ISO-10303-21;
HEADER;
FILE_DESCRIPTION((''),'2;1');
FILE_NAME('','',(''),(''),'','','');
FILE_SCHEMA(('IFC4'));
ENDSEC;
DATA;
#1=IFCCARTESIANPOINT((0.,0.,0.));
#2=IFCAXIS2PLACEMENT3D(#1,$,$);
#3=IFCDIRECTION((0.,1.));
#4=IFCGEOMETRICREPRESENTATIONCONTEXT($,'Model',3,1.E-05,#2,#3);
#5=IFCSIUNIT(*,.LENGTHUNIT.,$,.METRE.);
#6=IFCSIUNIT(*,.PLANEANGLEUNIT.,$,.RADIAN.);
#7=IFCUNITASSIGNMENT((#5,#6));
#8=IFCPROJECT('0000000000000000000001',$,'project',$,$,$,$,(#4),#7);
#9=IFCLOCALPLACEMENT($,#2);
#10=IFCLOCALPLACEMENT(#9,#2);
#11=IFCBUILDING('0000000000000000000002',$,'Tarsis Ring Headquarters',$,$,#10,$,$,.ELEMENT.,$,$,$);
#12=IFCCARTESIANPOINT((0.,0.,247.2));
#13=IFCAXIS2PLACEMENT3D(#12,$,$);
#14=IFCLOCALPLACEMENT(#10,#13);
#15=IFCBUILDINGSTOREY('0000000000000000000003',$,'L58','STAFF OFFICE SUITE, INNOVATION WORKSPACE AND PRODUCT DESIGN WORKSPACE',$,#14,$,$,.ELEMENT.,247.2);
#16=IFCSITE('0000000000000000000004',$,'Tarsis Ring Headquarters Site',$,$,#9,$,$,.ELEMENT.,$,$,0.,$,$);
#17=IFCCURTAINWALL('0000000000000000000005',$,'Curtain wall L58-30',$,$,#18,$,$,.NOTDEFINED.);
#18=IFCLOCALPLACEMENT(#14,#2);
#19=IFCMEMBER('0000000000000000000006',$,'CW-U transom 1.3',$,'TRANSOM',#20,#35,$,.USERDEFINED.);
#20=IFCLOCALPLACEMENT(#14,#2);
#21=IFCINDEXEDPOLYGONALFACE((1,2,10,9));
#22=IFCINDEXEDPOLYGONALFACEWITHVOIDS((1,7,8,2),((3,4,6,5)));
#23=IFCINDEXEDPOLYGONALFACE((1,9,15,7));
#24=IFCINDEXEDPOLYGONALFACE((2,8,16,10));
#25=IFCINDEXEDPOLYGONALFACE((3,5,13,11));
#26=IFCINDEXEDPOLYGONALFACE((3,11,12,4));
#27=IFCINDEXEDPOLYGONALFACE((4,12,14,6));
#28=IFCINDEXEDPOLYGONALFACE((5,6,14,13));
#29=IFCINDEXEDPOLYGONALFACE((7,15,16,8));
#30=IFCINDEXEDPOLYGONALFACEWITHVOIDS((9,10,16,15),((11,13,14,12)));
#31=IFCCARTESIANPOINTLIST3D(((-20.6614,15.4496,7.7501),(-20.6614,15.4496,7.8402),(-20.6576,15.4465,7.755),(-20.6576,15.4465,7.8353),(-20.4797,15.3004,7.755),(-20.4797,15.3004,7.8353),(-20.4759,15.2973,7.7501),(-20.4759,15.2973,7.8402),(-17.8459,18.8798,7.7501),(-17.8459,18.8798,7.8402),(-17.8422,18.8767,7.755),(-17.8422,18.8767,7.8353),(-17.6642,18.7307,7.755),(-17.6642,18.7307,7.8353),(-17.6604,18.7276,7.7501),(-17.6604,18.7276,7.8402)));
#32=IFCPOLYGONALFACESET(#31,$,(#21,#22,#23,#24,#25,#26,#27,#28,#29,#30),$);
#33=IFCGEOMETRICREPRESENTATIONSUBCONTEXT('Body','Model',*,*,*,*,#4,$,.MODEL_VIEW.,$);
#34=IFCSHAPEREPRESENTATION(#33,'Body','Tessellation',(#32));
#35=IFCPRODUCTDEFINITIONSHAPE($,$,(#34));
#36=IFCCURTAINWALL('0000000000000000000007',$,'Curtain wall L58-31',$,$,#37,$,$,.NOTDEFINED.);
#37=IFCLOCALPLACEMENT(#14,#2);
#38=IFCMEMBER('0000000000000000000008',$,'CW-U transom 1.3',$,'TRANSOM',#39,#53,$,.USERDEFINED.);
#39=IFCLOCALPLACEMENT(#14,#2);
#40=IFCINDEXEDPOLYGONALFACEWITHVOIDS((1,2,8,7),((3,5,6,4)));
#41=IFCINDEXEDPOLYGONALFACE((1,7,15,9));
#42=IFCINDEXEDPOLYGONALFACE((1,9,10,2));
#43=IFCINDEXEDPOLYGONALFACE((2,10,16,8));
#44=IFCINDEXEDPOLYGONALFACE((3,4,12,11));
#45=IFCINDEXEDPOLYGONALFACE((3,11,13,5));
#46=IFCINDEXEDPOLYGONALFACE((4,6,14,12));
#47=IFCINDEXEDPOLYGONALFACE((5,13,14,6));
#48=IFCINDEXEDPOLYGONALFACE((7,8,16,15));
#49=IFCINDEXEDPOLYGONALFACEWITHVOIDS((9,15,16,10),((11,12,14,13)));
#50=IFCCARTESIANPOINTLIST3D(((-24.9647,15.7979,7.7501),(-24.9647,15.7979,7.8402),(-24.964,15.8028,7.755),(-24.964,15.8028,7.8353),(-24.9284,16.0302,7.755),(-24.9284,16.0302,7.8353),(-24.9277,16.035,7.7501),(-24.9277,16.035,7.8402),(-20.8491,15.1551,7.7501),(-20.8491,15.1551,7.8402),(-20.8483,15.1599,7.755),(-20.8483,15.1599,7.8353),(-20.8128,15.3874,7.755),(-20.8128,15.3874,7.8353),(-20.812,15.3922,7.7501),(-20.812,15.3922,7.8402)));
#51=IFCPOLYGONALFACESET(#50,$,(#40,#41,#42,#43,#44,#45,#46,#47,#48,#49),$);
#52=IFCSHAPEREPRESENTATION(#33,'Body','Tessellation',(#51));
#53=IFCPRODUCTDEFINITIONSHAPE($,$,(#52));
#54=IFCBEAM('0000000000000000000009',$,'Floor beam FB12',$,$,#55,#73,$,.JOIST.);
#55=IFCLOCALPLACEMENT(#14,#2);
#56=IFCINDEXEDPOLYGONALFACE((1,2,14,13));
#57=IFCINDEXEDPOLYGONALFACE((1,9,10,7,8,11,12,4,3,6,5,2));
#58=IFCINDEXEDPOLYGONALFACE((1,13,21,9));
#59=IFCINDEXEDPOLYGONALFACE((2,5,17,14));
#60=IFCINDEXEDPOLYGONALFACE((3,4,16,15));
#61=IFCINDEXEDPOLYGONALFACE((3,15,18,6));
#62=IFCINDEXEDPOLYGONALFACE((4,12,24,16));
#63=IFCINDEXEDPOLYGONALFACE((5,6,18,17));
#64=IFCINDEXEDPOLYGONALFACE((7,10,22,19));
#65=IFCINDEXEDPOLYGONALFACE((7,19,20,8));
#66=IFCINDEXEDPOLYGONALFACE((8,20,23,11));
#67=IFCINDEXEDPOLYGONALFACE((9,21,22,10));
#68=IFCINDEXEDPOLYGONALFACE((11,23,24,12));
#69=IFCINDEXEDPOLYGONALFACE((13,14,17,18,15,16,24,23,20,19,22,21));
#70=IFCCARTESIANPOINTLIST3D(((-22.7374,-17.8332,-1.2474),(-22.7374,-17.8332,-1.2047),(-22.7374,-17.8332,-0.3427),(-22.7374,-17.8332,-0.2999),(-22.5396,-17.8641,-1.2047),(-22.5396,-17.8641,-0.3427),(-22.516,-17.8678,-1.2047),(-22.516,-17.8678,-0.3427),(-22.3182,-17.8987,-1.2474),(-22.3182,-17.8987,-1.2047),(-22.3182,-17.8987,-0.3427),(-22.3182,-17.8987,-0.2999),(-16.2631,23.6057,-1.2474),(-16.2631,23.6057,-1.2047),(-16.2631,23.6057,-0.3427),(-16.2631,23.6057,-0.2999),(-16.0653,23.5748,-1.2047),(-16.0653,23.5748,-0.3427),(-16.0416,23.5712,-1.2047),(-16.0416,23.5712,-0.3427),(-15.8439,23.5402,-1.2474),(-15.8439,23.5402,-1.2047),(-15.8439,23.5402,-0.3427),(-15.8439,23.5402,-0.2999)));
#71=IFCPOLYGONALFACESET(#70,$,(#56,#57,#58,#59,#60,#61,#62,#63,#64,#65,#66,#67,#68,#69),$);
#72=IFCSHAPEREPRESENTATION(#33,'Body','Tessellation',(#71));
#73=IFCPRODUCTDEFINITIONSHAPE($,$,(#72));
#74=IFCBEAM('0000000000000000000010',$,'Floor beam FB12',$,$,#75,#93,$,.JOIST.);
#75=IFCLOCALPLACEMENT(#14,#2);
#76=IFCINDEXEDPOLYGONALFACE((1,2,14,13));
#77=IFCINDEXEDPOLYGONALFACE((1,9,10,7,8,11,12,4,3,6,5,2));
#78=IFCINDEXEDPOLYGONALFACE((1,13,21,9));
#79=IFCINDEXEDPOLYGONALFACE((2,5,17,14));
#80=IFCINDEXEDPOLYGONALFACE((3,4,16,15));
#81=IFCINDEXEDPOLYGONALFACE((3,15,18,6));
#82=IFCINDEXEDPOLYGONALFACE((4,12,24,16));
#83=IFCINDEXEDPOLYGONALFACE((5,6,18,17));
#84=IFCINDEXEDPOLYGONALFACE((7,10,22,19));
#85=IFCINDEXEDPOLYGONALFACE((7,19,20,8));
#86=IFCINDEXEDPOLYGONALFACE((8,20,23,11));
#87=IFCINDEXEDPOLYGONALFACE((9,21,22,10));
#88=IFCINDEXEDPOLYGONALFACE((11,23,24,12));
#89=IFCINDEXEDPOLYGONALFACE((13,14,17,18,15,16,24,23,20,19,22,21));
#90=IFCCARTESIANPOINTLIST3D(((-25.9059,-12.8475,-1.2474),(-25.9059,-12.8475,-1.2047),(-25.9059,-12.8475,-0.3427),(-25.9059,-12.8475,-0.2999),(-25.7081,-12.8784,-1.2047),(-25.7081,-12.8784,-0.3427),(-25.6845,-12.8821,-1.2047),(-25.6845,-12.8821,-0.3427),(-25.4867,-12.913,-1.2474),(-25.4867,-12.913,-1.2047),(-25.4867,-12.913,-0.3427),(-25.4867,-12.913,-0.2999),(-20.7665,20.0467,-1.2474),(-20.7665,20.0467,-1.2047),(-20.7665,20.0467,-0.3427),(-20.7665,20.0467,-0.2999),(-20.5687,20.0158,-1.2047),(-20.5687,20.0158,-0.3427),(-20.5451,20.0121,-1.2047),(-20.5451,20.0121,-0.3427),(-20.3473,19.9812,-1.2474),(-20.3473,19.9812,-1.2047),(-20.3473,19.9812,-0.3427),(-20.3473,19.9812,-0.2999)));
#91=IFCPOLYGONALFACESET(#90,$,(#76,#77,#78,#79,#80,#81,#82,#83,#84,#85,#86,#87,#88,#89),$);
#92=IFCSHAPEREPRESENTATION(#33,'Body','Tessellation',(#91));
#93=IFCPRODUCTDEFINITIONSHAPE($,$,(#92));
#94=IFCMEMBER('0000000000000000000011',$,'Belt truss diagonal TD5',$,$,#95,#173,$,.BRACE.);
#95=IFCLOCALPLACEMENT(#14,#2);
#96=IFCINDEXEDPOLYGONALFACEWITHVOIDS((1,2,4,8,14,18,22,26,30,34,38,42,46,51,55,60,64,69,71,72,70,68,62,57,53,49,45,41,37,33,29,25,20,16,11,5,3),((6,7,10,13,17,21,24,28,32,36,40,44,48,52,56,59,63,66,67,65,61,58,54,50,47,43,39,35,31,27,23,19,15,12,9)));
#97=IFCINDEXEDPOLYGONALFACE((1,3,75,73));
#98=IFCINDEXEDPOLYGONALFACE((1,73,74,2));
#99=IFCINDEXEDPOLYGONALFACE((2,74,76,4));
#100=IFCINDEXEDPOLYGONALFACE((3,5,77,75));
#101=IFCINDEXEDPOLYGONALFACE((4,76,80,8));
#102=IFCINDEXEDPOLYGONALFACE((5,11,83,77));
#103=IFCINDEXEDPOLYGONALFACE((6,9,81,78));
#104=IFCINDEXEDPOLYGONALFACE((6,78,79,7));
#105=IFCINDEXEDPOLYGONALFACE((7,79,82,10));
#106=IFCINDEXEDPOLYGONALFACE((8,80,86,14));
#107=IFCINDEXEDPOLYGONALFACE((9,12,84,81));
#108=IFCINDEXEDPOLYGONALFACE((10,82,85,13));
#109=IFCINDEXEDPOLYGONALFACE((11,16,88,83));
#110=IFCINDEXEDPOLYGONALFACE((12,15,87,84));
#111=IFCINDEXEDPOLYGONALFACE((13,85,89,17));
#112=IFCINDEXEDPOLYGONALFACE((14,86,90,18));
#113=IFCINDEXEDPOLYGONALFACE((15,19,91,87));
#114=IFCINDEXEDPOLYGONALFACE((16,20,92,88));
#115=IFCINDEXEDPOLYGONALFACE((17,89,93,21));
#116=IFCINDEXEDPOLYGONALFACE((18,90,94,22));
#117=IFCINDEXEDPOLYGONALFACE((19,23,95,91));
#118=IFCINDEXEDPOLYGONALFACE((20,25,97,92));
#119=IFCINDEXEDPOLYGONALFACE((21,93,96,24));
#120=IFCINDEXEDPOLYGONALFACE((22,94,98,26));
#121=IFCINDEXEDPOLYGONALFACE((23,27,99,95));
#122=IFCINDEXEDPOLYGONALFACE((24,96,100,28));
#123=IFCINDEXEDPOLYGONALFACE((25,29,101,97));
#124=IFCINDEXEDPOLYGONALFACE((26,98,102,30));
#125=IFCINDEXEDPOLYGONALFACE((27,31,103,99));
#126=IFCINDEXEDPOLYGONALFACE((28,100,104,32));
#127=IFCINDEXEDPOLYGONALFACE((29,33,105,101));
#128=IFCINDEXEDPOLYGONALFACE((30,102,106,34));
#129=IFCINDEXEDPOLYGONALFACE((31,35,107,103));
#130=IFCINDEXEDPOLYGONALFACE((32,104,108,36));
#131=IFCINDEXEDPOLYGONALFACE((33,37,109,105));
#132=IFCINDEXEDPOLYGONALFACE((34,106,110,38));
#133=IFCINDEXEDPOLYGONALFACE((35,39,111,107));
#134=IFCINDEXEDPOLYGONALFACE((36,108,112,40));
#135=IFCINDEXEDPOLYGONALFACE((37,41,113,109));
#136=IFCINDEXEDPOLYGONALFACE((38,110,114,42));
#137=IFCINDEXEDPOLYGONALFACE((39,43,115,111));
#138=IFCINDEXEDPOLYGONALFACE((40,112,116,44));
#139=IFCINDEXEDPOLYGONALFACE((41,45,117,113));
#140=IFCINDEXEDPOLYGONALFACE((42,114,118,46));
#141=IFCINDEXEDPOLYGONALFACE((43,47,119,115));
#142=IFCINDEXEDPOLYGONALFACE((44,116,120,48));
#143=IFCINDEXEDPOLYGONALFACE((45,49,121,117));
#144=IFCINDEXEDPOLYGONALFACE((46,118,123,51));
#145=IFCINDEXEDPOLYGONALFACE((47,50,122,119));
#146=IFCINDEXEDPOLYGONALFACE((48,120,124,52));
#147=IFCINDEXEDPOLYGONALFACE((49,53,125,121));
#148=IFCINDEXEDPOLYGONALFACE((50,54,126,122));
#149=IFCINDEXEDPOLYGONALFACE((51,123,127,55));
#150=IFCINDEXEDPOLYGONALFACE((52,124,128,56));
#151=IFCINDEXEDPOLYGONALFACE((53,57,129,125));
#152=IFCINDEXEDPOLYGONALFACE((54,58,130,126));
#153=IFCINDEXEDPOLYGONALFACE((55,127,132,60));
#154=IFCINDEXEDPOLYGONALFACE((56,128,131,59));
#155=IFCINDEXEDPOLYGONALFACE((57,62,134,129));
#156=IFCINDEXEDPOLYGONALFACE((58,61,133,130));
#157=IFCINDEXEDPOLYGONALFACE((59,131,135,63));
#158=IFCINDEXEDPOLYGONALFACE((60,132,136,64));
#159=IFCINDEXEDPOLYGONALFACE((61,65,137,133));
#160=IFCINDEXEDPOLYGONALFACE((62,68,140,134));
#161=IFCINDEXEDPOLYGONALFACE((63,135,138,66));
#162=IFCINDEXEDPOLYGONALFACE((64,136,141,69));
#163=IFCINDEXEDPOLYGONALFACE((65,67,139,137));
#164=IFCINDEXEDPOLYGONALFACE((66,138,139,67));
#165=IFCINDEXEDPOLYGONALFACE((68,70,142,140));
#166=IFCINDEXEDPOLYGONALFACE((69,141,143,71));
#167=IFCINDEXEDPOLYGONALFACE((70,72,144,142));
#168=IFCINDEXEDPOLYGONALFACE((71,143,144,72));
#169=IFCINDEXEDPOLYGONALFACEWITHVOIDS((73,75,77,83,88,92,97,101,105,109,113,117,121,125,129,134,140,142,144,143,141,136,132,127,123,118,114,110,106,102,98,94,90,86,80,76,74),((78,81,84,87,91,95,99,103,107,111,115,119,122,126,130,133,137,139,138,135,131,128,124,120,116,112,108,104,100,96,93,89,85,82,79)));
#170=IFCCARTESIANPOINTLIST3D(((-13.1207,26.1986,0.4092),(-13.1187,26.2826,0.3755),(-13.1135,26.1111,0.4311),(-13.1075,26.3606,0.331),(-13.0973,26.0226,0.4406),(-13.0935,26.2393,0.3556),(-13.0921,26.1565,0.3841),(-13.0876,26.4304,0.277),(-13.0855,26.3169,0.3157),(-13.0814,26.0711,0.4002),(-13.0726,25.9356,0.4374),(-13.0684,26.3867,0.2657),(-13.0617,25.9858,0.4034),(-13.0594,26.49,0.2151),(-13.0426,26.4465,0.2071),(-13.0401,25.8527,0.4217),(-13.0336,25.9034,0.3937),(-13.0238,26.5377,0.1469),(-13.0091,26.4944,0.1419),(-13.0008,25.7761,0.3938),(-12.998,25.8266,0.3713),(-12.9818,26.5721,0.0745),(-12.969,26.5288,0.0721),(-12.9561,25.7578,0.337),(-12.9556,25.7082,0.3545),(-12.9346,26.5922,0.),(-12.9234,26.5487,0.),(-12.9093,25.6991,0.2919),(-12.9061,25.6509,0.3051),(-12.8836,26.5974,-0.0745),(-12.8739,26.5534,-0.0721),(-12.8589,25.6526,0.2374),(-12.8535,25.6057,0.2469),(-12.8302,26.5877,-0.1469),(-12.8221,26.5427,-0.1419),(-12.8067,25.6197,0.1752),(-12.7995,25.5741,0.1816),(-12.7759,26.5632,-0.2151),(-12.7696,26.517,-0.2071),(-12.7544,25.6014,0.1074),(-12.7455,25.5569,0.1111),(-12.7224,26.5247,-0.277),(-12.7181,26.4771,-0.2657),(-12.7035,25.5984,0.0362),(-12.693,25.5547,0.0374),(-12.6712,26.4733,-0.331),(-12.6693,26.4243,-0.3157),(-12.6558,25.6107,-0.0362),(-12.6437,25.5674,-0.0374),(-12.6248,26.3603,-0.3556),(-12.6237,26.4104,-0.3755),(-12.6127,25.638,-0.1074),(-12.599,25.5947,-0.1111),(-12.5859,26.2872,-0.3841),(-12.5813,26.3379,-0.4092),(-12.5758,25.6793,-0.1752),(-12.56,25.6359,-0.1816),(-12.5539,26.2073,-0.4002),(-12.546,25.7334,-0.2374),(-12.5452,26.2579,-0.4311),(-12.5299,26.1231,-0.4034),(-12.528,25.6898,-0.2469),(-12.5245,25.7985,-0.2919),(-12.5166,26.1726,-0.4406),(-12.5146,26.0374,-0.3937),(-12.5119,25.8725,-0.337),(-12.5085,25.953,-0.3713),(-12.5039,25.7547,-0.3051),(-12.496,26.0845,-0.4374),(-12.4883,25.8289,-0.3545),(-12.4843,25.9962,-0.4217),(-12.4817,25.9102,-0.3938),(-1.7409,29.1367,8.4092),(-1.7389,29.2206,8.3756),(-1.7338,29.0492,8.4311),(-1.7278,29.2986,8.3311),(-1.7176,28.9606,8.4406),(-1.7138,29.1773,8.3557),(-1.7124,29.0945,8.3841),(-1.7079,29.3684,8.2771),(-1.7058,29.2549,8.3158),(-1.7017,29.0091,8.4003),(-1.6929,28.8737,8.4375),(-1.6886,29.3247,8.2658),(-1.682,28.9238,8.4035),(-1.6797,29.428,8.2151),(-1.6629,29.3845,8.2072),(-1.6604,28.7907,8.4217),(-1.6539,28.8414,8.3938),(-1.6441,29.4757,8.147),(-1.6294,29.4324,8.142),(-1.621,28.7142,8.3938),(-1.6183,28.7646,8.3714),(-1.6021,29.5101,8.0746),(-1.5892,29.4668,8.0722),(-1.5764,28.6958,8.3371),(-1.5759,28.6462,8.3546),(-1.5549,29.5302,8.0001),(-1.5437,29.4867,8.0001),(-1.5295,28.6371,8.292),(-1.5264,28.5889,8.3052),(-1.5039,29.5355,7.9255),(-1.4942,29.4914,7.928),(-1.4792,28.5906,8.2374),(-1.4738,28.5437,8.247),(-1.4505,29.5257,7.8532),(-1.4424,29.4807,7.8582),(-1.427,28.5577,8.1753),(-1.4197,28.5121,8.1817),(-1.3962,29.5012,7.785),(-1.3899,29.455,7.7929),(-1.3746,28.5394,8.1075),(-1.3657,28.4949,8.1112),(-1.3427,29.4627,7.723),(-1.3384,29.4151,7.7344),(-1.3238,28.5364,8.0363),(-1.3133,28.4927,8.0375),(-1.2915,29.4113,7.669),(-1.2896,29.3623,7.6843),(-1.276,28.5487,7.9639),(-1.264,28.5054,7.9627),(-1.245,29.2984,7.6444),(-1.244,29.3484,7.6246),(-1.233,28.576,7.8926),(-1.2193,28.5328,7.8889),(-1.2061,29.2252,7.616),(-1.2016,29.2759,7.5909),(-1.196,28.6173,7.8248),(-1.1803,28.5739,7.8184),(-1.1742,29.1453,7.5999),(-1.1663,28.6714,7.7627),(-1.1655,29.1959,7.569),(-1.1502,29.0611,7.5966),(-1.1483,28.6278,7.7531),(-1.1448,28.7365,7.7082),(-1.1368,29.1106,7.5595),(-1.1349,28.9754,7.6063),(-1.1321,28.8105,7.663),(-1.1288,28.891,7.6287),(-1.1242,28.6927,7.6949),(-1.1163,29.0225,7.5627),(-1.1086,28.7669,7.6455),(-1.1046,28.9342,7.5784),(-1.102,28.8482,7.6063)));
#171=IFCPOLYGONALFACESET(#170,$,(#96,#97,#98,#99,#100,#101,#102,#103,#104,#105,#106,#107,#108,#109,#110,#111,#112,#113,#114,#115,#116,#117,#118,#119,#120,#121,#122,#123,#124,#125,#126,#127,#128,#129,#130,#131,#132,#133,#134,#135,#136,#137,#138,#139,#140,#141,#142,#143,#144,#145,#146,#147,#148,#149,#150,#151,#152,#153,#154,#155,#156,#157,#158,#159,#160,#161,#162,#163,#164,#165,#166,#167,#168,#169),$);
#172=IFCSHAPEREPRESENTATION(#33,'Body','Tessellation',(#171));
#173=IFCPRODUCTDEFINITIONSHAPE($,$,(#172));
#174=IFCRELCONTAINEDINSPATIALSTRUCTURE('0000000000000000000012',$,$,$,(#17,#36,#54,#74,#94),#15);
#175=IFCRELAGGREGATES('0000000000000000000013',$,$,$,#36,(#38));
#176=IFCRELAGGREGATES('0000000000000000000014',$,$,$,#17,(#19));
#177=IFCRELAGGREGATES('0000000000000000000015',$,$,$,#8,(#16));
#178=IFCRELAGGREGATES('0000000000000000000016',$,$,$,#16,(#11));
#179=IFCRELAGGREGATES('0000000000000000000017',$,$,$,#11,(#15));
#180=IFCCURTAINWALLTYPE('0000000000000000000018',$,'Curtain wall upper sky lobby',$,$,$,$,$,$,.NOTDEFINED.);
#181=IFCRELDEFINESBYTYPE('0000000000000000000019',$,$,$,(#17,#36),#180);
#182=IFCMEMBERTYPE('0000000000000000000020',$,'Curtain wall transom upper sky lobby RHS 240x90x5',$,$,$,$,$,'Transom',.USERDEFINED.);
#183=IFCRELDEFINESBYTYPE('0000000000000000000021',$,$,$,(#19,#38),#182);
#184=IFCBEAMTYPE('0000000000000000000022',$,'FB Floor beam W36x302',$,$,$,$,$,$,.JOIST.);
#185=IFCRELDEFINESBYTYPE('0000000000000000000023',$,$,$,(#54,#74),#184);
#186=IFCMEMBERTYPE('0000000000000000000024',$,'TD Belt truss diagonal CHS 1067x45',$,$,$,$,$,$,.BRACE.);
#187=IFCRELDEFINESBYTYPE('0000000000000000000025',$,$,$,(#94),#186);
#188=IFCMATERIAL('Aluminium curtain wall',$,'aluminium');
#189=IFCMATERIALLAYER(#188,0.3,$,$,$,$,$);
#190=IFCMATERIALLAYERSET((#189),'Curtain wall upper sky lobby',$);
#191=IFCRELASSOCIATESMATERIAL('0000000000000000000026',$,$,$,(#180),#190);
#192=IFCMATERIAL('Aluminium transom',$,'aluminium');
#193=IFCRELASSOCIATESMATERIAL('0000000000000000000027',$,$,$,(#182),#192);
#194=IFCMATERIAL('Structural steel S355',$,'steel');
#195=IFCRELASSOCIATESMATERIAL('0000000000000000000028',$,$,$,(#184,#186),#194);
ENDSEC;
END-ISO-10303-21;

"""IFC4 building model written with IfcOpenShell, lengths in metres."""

from ifc_helpers import new_model, si_unit, direction, frame, origin, origin_2d, place, context, subcontext, project, spatial, hollow_rectangle, hollow_circle, i_section, extrude, material, layer, layer_set, material_profile, profile_set, type_object, element, aggregate, save


model = new_model("IFC4")

# Units and contexts
model_context = context("Model", 3, precision=1e-05, world=origin(), true_north=direction((0.0, 1.0)))
body_context = subcontext(model_context, "Body", "Model", "MODEL_VIEW")
ifc_project = project(units=[si_unit("LENGTHUNIT", "METRE"), si_unit("PLANEANGLEUNIT", "RADIAN")], contexts=[model_context])

# Site, building, storey
site_placement = place(None, origin())
site = spatial("IfcSite", under=ifc_project, at=site_placement, Name="Tarsis Ring Headquarters Site", CompositionType="ELEMENT", RefElevation=0.0)
building_placement = place(site_placement, origin())
building = spatial("IfcBuilding", under=site, at=building_placement, Name="Tarsis Ring Headquarters", CompositionType="ELEMENT")
storey_placement = place(building_placement, frame((0.0, 0.0, 247.2)))
storey = spatial("IfcBuildingStorey", under=building, at=storey_placement, Name="L58", Description="STAFF OFFICE SUITE, INNOVATION WORKSPACE AND PRODUCT DESIGN WORKSPACE", CompositionType="ELEMENT", Elevation=247.2)

# Shared definitions
ifc_material_1 = material(Name="Structural steel S355", Category="steel")
ifc_material_profile_1 = material_profile(ifc_material_1, hollow_circle(Radius=0.5334, WallThickness=0.0449, at=origin_2d()), Name="CHS 1067x45")
ifc_profile_set_1 = profile_set([ifc_material_profile_1], Name="Structural steel S355")

# Shared definitions
ifc_material_2 = material(Name="Aluminium curtain wall", Category="aluminium")
ifc_layer_1 = layer(ifc_material_2, 0.3)
ifc_layer_set_1 = layer_set([ifc_layer_1], Name="Curtain wall upper sky lobby")
curtain_wall_type = type_object("IfcCurtainWallType", Name="Curtain wall upper sky lobby", PredefinedType="NOTDEFINED", material=ifc_layer_set_1)

# Curtain wall
curtain_wall_1_placement = place(storey_placement, origin())
curtain_wall_1 = element("IfcCurtainWall", 1, at=curtain_wall_1_placement, inside=storey, type_object=curtain_wall_type, Name="Curtain wall L58-30", PredefinedType="NOTDEFINED")

# Member
ifc_material_3 = material(Name="Aluminium transom", Category="aluminium")
ifc_material_profile_2 = material_profile(ifc_material_3, hollow_rectangle(XDim=0.24, YDim=0.0901, WallThickness=0.0049, at=origin_2d()), Name="RHS 240x90x5")
ifc_profile_set_2 = profile_set([ifc_material_profile_2], Name="Aluminium transom")
member_type_1 = type_object("IfcMemberType", Name="Curtain wall transom upper sky lobby RHS 240x90x5", ElementType="Transom", PredefinedType="USERDEFINED", material=ifc_profile_set_2)
member_1_placement = place(storey_placement, frame((-17.7532, 18.8037, 7.7952), z_axis=(-0.634441, -0.772971, 0.0), x_axis=(0.772971, -0.634441, 0.0)))
member_1 = element("IfcMember", 2, at=member_1_placement, type_object=member_type_1, Name="CW-U transom 1.3", ObjectType="TRANSOM", PredefinedType="USERDEFINED", context=body_context, shape_type="SweptSolid", body=[
    extrude(hollow_rectangle(XDim=0.24, YDim=0.0901, WallThickness=0.0049, at=origin_2d()), origin(), (0.0, 0.0, 1.0), 4.4377),
])

# Curtain wall, member
curtain_wall_2_placement = place(storey_placement, origin())
curtain_wall_2 = element("IfcCurtainWall", 3, at=curtain_wall_2_placement, inside=storey, type_object=curtain_wall_type, Name="Curtain wall L58-31", PredefinedType="NOTDEFINED")
member_2_placement = place(storey_placement, frame((-20.8306, 15.2737, 7.7952), z_axis=(-0.988022, 0.154316, 0.0), x_axis=(-0.154316, -0.988022, 0.0)))
member_2 = element("IfcMember", 4, at=member_2_placement, type_object=member_type_1, Name="CW-U transom 1.3", ObjectType="TRANSOM", PredefinedType="USERDEFINED", context=body_context, shape_type="SweptSolid", body=[
    extrude(hollow_rectangle(XDim=0.24, YDim=0.0901, WallThickness=0.0049, at=origin_2d()), origin(), (0.0, 0.0, 1.0), 4.1655),
])
aggregate(curtain_wall_2, [member_2])

# Beams
ifc_material_profile_3 = material_profile(ifc_material_1, i_section(OverallWidth=0.4243, OverallDepth=0.9475, WebThickness=0.0239, FlangeThickness=0.0427, at=origin_2d()), Name="W36x302")
ifc_profile_set_3 = profile_set([ifc_material_profile_3], Name="Structural steel S355")
beam_type_1 = type_object("IfcBeamType", Name="FB Floor beam W36x302", PredefinedType="JOIST", material=ifc_profile_set_3)
beam_1_placement = place(storey_placement, frame((-16.0535, 23.573, -0.7737), z_axis=(-0.154366, -0.988014, 0.0), x_axis=(0.988014, -0.154366, 0.0)))
element("IfcBeam", 5, at=beam_1_placement, inside=storey, type_object=beam_type_1, Name="Floor beam FB12", PredefinedType="JOIST", context=body_context, shape_type="SweptSolid", body=[
    extrude(i_section(OverallWidth=0.4243, OverallDepth=0.9475, WebThickness=0.0239, FlangeThickness=0.0427, at=origin_2d()), origin(), (0.0, 0.0, 1.0), 41.9417),
])
beam_2_placement = place(storey_placement, frame((-20.5569, 20.0139, -0.7737), z_axis=(-0.154368, -0.988013, 0.0), x_axis=(0.988013, -0.154368, 0.0)))
element("IfcBeam", 6, at=beam_2_placement, inside=storey, type_object=beam_type_1, Name="Floor beam FB12", PredefinedType="JOIST", context=body_context, shape_type="SweptSolid", body=[
    extrude(i_section(OverallWidth=0.4243, OverallDepth=0.9475, WebThickness=0.0239, FlangeThickness=0.0427, at=origin_2d()), origin(), (0.0, 0.0, 1.0), 33.2932),
])

# Member
member_type_2 = type_object("IfcMemberType", Name="TD Belt truss diagonal CHS 1067x45", PredefinedType="BRACE", material=ifc_profile_set_1)
member_3_placement = place(storey_placement, frame((-12.8013, 26.0757, 0.0), z_axis=(0.800415, 0.206651, 0.5627), x_axis=(-0.249982, 0.96825, 0.0)))
element("IfcMember", 7, at=member_3_placement, inside=storey, type_object=member_type_2, Name="Belt truss diagonal TD5", PredefinedType="BRACE", context=body_context, shape_type="SweptSolid", body=[
    extrude(hollow_circle(Radius=0.5334, WallThickness=0.0449, at=origin_2d()), origin(), (0.0, 0.0, 1.0), 14.2173),
])

aggregate(curtain_wall_1, [member_1])

save(model, "model.ifc")
